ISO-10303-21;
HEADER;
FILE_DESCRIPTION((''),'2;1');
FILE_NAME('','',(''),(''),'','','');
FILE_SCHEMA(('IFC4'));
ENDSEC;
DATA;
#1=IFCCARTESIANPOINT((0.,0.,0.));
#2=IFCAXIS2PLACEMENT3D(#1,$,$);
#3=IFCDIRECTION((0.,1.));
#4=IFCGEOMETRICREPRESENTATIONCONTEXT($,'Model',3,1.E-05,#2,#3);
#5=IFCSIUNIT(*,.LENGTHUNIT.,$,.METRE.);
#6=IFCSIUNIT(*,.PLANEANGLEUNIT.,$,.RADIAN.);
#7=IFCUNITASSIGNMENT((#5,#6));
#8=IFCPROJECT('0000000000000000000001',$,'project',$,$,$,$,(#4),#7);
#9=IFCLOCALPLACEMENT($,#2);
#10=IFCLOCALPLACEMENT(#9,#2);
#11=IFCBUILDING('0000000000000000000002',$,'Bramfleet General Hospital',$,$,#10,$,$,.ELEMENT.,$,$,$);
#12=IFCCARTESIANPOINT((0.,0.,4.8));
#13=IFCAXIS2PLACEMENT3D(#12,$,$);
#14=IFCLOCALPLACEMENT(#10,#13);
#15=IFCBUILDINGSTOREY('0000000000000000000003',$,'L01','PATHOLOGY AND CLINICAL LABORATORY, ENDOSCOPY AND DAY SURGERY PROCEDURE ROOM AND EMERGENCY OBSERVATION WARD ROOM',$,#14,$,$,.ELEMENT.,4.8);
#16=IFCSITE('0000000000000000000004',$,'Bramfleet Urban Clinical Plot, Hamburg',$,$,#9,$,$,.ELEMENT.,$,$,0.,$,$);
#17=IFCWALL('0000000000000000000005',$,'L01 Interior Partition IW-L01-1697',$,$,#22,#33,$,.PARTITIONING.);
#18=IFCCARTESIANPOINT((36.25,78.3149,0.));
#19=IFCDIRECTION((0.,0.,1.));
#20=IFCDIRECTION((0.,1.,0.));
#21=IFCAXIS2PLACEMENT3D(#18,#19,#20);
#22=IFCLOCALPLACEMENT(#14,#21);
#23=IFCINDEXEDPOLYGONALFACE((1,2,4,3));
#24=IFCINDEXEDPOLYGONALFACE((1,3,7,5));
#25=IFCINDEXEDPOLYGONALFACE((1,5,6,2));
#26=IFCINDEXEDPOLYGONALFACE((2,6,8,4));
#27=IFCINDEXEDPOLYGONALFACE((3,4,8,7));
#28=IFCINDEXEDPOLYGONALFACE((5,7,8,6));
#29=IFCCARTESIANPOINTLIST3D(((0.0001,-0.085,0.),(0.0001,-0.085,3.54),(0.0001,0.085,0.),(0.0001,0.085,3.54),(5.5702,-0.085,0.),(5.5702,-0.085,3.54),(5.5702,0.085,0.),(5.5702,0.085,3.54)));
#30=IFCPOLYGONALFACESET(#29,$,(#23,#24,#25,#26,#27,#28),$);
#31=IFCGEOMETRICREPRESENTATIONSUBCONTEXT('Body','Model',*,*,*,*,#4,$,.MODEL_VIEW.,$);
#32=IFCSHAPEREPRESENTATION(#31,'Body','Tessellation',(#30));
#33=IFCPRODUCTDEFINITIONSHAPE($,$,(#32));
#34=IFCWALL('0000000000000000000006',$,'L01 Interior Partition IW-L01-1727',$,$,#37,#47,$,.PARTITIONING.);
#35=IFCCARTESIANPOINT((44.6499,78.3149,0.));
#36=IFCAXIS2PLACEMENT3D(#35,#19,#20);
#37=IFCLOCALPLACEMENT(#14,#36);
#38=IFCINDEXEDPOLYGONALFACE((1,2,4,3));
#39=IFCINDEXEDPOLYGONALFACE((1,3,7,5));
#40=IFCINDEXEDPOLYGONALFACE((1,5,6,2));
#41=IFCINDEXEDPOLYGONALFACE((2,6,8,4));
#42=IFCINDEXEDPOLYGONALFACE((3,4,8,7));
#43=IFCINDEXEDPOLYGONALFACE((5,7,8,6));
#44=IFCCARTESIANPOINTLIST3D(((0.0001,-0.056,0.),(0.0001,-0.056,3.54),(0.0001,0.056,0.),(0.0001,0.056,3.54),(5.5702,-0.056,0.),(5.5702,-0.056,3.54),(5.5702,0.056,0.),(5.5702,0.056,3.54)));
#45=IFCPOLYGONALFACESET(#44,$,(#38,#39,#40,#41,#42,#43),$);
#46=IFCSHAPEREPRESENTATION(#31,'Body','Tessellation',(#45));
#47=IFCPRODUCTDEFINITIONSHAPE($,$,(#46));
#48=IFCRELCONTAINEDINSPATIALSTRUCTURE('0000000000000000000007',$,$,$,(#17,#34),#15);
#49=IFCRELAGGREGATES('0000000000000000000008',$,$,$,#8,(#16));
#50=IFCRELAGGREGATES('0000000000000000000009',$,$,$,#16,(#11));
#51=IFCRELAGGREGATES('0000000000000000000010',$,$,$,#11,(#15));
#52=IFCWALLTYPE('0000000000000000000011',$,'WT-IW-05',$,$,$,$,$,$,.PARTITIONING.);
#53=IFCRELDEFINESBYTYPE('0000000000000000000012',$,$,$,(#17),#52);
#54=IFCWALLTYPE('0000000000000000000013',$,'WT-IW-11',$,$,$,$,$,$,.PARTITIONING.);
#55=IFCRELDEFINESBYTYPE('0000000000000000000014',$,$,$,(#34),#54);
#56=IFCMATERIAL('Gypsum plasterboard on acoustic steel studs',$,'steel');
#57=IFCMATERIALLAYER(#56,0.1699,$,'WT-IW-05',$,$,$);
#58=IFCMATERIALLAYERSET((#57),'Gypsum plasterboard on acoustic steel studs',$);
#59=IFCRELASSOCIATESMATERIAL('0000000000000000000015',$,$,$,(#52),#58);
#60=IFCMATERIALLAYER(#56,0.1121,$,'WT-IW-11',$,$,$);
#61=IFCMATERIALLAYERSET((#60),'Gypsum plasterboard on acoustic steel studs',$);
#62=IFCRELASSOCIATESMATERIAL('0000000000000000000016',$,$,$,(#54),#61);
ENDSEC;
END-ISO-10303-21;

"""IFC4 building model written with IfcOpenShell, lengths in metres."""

from ifc_helpers import new_model, si_unit, direction, frame, frame_2d, origin, place, context, subcontext, project, spatial, rectangle, extrude, material, layer, layer_set, type_object, element, save


model = new_model("IFC4")

# Units and contexts
model_context = context("Model", 3, precision=1e-05, world=origin(), true_north=direction((0.0, 1.0)))
body_context = subcontext(model_context, "Body", "Model", "MODEL_VIEW")
ifc_project = project(units=[si_unit("LENGTHUNIT", "METRE"), si_unit("PLANEANGLEUNIT", "RADIAN")], contexts=[model_context])

# Site, building, storey
site_placement = place(None, origin())
site = spatial("IfcSite", under=ifc_project, at=site_placement, Name="Bramfleet Urban Clinical Plot, Hamburg", CompositionType="ELEMENT", RefElevation=0.0)
building_placement = place(site_placement, origin())
building = spatial("IfcBuilding", under=site, at=building_placement, Name="Bramfleet General Hospital", CompositionType="ELEMENT")
storey_placement = place(building_placement, frame((0.0, 0.0, 4.8)))
storey = spatial("IfcBuildingStorey", under=building, at=storey_placement, Name="L01", Description="PATHOLOGY AND CLINICAL LABORATORY, ENDOSCOPY AND DAY SURGERY PROCEDURE ROOM AND EMERGENCY OBSERVATION WARD ROOM", CompositionType="ELEMENT", Elevation=4.8)

# Walls
ifc_material_1 = material(Name="Gypsum plasterboard on acoustic steel studs", Category="steel")
ifc_layer_1 = layer(ifc_material_1, 0.1699, Name="WT-IW-05")
ifc_layer_set_1 = layer_set([ifc_layer_1], Name="Gypsum plasterboard on acoustic steel studs")
wall_type_1 = type_object("IfcWallType", Name="WT-IW-05", PredefinedType="PARTITIONING", material=ifc_layer_set_1)
wall_1_placement = place(storey_placement, frame((36.25, 78.3149, 0.0), z_axis=(0.0, 0.0, 1.0), x_axis=(0.0, 1.0, 0.0)))
element("IfcWall", 1, at=wall_1_placement, inside=storey, type_object=wall_type_1, Name="L01 Interior Partition IW-L01-1697", PredefinedType="PARTITIONING", context=body_context, shape_type="SweptSolid", body=[
    extrude(rectangle(XDim=5.5701, YDim=0.1699, at=frame_2d((2.7852, 0.0))), origin(), (0.0, 0.0, 1.0), 3.54),
])
ifc_layer_2 = layer(ifc_material_1, 0.1121, Name="WT-IW-11")
ifc_layer_set_2 = layer_set([ifc_layer_2], Name="Gypsum plasterboard on acoustic steel studs")
wall_type_2 = type_object("IfcWallType", Name="WT-IW-11", PredefinedType="PARTITIONING", material=ifc_layer_set_2)
wall_2_placement = place(storey_placement, frame((44.6499, 78.3149, 0.0), z_axis=(0.0, 0.0, 1.0), x_axis=(0.0, 1.0, 0.0)))
element("IfcWall", 2, at=wall_2_placement, inside=storey, type_object=wall_type_2, Name="L01 Interior Partition IW-L01-1727", PredefinedType="PARTITIONING", context=body_context, shape_type="SweptSolid", body=[
    extrude(rectangle(XDim=5.5701, YDim=0.1121, at=frame_2d((2.7852, 0.0))), origin(), (0.0, 0.0, 1.0), 3.54),
])

save(model, "model.ifc")
